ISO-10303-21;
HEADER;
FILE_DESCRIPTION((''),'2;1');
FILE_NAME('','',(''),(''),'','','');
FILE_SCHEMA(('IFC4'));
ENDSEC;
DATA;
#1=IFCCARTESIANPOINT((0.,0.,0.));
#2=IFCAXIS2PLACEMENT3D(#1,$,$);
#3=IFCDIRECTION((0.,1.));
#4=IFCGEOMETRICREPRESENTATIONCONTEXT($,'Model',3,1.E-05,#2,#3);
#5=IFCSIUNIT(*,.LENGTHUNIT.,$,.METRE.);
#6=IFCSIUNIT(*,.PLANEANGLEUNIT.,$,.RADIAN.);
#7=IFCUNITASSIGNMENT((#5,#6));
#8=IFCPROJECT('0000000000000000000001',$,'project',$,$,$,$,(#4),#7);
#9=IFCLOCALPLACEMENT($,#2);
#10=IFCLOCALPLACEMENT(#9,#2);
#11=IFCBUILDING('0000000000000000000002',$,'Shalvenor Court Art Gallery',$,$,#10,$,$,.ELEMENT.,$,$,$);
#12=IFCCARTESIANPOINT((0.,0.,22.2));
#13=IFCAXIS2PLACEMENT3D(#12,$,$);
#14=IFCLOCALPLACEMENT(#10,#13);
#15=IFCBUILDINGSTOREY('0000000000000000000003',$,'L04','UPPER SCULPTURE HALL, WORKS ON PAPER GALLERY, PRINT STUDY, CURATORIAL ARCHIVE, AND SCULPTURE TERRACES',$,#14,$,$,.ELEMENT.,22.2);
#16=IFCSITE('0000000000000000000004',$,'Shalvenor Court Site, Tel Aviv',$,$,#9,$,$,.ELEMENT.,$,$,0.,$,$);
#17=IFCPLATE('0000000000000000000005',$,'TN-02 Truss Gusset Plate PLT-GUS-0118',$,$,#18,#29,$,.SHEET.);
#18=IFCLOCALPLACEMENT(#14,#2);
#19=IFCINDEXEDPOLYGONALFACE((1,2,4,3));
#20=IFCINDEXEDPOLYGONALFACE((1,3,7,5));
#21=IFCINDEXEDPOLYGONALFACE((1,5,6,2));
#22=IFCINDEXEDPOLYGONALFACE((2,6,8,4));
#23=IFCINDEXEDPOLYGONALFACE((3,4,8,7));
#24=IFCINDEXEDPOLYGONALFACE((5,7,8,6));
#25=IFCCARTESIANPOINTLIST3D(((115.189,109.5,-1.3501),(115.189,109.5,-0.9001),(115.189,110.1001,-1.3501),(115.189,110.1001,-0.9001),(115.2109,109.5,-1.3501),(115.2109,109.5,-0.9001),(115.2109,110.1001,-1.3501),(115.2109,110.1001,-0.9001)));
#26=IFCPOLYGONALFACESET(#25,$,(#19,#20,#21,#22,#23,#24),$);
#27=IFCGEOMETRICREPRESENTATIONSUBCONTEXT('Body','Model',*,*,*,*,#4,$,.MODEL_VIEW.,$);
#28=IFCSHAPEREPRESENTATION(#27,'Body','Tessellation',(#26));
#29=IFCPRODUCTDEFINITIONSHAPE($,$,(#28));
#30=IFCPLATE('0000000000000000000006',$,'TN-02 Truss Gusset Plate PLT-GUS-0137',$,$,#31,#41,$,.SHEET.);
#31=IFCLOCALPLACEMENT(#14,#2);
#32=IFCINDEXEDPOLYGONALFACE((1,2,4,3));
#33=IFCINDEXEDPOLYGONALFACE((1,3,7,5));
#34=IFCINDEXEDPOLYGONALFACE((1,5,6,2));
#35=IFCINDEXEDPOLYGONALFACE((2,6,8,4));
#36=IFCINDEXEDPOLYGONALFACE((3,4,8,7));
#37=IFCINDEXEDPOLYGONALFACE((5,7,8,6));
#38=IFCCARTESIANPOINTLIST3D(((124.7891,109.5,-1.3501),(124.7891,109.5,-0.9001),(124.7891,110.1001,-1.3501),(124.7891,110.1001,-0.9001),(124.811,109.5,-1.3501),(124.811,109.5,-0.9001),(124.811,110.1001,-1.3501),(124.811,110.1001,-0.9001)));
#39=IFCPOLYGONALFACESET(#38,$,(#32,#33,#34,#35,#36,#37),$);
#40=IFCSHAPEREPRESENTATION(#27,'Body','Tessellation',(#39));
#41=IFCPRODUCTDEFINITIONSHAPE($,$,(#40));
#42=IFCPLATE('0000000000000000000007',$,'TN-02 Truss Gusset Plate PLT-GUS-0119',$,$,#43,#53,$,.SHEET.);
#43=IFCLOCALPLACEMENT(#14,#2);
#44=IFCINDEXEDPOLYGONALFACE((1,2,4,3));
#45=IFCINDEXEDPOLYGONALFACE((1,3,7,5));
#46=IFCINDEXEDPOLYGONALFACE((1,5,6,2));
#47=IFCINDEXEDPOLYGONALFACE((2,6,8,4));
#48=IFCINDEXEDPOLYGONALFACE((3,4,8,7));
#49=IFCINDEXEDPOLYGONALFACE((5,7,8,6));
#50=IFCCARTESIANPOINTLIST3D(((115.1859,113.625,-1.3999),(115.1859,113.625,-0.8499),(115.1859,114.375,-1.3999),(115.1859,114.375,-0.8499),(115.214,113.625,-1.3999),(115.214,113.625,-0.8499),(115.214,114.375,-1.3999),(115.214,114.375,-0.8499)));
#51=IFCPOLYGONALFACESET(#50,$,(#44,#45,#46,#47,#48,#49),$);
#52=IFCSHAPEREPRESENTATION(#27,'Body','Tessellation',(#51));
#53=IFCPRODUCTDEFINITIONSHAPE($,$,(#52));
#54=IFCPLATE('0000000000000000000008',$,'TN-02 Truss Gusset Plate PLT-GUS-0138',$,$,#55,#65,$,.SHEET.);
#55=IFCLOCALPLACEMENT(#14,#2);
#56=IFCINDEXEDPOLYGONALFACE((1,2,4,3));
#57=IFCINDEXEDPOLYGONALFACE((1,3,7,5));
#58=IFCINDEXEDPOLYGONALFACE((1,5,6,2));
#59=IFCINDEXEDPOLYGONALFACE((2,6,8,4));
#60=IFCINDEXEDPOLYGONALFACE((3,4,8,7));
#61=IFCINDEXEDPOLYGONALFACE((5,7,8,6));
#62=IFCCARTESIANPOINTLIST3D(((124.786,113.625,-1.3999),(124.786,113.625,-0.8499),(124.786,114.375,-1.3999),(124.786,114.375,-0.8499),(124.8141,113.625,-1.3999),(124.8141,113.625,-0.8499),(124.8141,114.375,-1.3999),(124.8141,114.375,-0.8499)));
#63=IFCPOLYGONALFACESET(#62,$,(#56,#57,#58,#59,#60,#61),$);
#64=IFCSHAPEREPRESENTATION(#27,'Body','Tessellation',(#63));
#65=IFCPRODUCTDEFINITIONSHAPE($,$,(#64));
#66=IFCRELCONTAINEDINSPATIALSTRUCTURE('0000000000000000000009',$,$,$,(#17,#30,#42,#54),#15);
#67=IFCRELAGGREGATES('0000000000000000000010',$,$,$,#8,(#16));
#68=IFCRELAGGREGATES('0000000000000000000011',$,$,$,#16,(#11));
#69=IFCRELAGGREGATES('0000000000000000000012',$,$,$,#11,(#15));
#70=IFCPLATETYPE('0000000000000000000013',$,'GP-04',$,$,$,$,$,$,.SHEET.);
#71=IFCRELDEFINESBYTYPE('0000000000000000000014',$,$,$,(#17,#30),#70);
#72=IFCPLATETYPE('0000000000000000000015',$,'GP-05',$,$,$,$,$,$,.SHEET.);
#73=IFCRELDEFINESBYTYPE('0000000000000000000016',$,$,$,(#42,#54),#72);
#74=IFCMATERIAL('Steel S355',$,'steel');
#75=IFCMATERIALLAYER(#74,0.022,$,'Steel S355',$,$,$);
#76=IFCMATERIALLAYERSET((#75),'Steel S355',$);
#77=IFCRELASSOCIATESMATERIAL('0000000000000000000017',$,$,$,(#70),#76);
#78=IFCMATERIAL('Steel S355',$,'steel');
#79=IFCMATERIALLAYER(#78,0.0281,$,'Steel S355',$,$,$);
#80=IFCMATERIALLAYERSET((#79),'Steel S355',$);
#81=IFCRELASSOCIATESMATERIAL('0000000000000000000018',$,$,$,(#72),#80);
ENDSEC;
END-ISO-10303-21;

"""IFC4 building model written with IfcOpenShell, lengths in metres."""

from ifc_helpers import new_model, si_unit, direction, frame, origin, origin_2d, place, context, subcontext, project, spatial, rectangle, extrude, material, layer, layer_set, type_object, element, save


model = new_model("IFC4")

# Units and contexts
model_context = context("Model", 3, precision=1e-05, world=origin(), true_north=direction((0.0, 1.0)))
body_context = subcontext(model_context, "Body", "Model", "MODEL_VIEW")
ifc_project = project(units=[si_unit("LENGTHUNIT", "METRE"), si_unit("PLANEANGLEUNIT", "RADIAN")], contexts=[model_context])

# Site, building, storey
site_placement = place(None, origin())
site = spatial("IfcSite", under=ifc_project, at=site_placement, Name="Shalvenor Court Site, Tel Aviv", CompositionType="ELEMENT", RefElevation=0.0)
building_placement = place(site_placement, origin())
building = spatial("IfcBuilding", under=site, at=building_placement, Name="Shalvenor Court Art Gallery", CompositionType="ELEMENT")
storey_placement = place(building_placement, frame((0.0, 0.0, 22.2)))
storey = spatial("IfcBuildingStorey", under=building, at=storey_placement, Name="L04", Description="UPPER SCULPTURE HALL, WORKS ON PAPER GALLERY, PRINT STUDY, CURATORIAL ARCHIVE, AND SCULPTURE TERRACES", CompositionType="ELEMENT", Elevation=22.2)

# Plates
ifc_material_1 = material(Name="Steel S355", Category="steel")
ifc_layer_1 = layer(ifc_material_1, 0.022, Name="Steel S355")
ifc_layer_set_1 = layer_set([ifc_layer_1], Name="Steel S355")
plate_type_1 = type_object("IfcPlateType", Name="GP-04", PredefinedType="SHEET", material=ifc_layer_set_1)
for number, where, z_axis, x_axis, name in (
    (1, (115.2, 109.8, -1.3501), (0.0, 0.0, 1.0), (0.0, 1.0, 0.0), "TN-02 Truss Gusset Plate PLT-GUS-0118"),
    (2, (124.8, 109.8, -1.3501), (0.0, 0.0, 1.0), (0.0, 1.0, 0.0), "TN-02 Truss Gusset Plate PLT-GUS-0137"),
):
    element("IfcPlate", number, at=place(storey_placement, frame(where, z_axis=z_axis, x_axis=x_axis)), inside=storey, type_object=plate_type_1, Name=name, PredefinedType="SHEET", context=body_context, shape_type="SweptSolid", body=[
        extrude(rectangle(XDim=0.6001, YDim=0.022, at=origin_2d()), origin(), (0.0, 0.0, 1.0), 0.45),
    ])
ifc_material_2 = material(Name="Steel S355", Category="steel")
ifc_layer_2 = layer(ifc_material_2, 0.0281, Name="Steel S355")
ifc_layer_set_2 = layer_set([ifc_layer_2], Name="Steel S355")
plate_type_2 = type_object("IfcPlateType", Name="GP-05", PredefinedType="SHEET", material=ifc_layer_set_2)
for number, where, z_axis, x_axis, name in (
    (3, (115.2, 114.0, -1.3999), (0.0, 0.0, 1.0), (0.0, 1.0, 0.0), "TN-02 Truss Gusset Plate PLT-GUS-0119"),
    (4, (124.8, 114.0, -1.3999), (0.0, 0.0, 1.0), (0.0, 1.0, 0.0), "TN-02 Truss Gusset Plate PLT-GUS-0138"),
):
    element("IfcPlate", number, at=place(storey_placement, frame(where, z_axis=z_axis, x_axis=x_axis)), inside=storey, type_object=plate_type_2, Name=name, PredefinedType="SHEET", context=body_context, shape_type="SweptSolid", body=[
        extrude(rectangle(XDim=0.75, YDim=0.0281, at=origin_2d()), origin(), (0.0, 0.0, 1.0), 0.55),
    ])

save(model, "model.ifc")
